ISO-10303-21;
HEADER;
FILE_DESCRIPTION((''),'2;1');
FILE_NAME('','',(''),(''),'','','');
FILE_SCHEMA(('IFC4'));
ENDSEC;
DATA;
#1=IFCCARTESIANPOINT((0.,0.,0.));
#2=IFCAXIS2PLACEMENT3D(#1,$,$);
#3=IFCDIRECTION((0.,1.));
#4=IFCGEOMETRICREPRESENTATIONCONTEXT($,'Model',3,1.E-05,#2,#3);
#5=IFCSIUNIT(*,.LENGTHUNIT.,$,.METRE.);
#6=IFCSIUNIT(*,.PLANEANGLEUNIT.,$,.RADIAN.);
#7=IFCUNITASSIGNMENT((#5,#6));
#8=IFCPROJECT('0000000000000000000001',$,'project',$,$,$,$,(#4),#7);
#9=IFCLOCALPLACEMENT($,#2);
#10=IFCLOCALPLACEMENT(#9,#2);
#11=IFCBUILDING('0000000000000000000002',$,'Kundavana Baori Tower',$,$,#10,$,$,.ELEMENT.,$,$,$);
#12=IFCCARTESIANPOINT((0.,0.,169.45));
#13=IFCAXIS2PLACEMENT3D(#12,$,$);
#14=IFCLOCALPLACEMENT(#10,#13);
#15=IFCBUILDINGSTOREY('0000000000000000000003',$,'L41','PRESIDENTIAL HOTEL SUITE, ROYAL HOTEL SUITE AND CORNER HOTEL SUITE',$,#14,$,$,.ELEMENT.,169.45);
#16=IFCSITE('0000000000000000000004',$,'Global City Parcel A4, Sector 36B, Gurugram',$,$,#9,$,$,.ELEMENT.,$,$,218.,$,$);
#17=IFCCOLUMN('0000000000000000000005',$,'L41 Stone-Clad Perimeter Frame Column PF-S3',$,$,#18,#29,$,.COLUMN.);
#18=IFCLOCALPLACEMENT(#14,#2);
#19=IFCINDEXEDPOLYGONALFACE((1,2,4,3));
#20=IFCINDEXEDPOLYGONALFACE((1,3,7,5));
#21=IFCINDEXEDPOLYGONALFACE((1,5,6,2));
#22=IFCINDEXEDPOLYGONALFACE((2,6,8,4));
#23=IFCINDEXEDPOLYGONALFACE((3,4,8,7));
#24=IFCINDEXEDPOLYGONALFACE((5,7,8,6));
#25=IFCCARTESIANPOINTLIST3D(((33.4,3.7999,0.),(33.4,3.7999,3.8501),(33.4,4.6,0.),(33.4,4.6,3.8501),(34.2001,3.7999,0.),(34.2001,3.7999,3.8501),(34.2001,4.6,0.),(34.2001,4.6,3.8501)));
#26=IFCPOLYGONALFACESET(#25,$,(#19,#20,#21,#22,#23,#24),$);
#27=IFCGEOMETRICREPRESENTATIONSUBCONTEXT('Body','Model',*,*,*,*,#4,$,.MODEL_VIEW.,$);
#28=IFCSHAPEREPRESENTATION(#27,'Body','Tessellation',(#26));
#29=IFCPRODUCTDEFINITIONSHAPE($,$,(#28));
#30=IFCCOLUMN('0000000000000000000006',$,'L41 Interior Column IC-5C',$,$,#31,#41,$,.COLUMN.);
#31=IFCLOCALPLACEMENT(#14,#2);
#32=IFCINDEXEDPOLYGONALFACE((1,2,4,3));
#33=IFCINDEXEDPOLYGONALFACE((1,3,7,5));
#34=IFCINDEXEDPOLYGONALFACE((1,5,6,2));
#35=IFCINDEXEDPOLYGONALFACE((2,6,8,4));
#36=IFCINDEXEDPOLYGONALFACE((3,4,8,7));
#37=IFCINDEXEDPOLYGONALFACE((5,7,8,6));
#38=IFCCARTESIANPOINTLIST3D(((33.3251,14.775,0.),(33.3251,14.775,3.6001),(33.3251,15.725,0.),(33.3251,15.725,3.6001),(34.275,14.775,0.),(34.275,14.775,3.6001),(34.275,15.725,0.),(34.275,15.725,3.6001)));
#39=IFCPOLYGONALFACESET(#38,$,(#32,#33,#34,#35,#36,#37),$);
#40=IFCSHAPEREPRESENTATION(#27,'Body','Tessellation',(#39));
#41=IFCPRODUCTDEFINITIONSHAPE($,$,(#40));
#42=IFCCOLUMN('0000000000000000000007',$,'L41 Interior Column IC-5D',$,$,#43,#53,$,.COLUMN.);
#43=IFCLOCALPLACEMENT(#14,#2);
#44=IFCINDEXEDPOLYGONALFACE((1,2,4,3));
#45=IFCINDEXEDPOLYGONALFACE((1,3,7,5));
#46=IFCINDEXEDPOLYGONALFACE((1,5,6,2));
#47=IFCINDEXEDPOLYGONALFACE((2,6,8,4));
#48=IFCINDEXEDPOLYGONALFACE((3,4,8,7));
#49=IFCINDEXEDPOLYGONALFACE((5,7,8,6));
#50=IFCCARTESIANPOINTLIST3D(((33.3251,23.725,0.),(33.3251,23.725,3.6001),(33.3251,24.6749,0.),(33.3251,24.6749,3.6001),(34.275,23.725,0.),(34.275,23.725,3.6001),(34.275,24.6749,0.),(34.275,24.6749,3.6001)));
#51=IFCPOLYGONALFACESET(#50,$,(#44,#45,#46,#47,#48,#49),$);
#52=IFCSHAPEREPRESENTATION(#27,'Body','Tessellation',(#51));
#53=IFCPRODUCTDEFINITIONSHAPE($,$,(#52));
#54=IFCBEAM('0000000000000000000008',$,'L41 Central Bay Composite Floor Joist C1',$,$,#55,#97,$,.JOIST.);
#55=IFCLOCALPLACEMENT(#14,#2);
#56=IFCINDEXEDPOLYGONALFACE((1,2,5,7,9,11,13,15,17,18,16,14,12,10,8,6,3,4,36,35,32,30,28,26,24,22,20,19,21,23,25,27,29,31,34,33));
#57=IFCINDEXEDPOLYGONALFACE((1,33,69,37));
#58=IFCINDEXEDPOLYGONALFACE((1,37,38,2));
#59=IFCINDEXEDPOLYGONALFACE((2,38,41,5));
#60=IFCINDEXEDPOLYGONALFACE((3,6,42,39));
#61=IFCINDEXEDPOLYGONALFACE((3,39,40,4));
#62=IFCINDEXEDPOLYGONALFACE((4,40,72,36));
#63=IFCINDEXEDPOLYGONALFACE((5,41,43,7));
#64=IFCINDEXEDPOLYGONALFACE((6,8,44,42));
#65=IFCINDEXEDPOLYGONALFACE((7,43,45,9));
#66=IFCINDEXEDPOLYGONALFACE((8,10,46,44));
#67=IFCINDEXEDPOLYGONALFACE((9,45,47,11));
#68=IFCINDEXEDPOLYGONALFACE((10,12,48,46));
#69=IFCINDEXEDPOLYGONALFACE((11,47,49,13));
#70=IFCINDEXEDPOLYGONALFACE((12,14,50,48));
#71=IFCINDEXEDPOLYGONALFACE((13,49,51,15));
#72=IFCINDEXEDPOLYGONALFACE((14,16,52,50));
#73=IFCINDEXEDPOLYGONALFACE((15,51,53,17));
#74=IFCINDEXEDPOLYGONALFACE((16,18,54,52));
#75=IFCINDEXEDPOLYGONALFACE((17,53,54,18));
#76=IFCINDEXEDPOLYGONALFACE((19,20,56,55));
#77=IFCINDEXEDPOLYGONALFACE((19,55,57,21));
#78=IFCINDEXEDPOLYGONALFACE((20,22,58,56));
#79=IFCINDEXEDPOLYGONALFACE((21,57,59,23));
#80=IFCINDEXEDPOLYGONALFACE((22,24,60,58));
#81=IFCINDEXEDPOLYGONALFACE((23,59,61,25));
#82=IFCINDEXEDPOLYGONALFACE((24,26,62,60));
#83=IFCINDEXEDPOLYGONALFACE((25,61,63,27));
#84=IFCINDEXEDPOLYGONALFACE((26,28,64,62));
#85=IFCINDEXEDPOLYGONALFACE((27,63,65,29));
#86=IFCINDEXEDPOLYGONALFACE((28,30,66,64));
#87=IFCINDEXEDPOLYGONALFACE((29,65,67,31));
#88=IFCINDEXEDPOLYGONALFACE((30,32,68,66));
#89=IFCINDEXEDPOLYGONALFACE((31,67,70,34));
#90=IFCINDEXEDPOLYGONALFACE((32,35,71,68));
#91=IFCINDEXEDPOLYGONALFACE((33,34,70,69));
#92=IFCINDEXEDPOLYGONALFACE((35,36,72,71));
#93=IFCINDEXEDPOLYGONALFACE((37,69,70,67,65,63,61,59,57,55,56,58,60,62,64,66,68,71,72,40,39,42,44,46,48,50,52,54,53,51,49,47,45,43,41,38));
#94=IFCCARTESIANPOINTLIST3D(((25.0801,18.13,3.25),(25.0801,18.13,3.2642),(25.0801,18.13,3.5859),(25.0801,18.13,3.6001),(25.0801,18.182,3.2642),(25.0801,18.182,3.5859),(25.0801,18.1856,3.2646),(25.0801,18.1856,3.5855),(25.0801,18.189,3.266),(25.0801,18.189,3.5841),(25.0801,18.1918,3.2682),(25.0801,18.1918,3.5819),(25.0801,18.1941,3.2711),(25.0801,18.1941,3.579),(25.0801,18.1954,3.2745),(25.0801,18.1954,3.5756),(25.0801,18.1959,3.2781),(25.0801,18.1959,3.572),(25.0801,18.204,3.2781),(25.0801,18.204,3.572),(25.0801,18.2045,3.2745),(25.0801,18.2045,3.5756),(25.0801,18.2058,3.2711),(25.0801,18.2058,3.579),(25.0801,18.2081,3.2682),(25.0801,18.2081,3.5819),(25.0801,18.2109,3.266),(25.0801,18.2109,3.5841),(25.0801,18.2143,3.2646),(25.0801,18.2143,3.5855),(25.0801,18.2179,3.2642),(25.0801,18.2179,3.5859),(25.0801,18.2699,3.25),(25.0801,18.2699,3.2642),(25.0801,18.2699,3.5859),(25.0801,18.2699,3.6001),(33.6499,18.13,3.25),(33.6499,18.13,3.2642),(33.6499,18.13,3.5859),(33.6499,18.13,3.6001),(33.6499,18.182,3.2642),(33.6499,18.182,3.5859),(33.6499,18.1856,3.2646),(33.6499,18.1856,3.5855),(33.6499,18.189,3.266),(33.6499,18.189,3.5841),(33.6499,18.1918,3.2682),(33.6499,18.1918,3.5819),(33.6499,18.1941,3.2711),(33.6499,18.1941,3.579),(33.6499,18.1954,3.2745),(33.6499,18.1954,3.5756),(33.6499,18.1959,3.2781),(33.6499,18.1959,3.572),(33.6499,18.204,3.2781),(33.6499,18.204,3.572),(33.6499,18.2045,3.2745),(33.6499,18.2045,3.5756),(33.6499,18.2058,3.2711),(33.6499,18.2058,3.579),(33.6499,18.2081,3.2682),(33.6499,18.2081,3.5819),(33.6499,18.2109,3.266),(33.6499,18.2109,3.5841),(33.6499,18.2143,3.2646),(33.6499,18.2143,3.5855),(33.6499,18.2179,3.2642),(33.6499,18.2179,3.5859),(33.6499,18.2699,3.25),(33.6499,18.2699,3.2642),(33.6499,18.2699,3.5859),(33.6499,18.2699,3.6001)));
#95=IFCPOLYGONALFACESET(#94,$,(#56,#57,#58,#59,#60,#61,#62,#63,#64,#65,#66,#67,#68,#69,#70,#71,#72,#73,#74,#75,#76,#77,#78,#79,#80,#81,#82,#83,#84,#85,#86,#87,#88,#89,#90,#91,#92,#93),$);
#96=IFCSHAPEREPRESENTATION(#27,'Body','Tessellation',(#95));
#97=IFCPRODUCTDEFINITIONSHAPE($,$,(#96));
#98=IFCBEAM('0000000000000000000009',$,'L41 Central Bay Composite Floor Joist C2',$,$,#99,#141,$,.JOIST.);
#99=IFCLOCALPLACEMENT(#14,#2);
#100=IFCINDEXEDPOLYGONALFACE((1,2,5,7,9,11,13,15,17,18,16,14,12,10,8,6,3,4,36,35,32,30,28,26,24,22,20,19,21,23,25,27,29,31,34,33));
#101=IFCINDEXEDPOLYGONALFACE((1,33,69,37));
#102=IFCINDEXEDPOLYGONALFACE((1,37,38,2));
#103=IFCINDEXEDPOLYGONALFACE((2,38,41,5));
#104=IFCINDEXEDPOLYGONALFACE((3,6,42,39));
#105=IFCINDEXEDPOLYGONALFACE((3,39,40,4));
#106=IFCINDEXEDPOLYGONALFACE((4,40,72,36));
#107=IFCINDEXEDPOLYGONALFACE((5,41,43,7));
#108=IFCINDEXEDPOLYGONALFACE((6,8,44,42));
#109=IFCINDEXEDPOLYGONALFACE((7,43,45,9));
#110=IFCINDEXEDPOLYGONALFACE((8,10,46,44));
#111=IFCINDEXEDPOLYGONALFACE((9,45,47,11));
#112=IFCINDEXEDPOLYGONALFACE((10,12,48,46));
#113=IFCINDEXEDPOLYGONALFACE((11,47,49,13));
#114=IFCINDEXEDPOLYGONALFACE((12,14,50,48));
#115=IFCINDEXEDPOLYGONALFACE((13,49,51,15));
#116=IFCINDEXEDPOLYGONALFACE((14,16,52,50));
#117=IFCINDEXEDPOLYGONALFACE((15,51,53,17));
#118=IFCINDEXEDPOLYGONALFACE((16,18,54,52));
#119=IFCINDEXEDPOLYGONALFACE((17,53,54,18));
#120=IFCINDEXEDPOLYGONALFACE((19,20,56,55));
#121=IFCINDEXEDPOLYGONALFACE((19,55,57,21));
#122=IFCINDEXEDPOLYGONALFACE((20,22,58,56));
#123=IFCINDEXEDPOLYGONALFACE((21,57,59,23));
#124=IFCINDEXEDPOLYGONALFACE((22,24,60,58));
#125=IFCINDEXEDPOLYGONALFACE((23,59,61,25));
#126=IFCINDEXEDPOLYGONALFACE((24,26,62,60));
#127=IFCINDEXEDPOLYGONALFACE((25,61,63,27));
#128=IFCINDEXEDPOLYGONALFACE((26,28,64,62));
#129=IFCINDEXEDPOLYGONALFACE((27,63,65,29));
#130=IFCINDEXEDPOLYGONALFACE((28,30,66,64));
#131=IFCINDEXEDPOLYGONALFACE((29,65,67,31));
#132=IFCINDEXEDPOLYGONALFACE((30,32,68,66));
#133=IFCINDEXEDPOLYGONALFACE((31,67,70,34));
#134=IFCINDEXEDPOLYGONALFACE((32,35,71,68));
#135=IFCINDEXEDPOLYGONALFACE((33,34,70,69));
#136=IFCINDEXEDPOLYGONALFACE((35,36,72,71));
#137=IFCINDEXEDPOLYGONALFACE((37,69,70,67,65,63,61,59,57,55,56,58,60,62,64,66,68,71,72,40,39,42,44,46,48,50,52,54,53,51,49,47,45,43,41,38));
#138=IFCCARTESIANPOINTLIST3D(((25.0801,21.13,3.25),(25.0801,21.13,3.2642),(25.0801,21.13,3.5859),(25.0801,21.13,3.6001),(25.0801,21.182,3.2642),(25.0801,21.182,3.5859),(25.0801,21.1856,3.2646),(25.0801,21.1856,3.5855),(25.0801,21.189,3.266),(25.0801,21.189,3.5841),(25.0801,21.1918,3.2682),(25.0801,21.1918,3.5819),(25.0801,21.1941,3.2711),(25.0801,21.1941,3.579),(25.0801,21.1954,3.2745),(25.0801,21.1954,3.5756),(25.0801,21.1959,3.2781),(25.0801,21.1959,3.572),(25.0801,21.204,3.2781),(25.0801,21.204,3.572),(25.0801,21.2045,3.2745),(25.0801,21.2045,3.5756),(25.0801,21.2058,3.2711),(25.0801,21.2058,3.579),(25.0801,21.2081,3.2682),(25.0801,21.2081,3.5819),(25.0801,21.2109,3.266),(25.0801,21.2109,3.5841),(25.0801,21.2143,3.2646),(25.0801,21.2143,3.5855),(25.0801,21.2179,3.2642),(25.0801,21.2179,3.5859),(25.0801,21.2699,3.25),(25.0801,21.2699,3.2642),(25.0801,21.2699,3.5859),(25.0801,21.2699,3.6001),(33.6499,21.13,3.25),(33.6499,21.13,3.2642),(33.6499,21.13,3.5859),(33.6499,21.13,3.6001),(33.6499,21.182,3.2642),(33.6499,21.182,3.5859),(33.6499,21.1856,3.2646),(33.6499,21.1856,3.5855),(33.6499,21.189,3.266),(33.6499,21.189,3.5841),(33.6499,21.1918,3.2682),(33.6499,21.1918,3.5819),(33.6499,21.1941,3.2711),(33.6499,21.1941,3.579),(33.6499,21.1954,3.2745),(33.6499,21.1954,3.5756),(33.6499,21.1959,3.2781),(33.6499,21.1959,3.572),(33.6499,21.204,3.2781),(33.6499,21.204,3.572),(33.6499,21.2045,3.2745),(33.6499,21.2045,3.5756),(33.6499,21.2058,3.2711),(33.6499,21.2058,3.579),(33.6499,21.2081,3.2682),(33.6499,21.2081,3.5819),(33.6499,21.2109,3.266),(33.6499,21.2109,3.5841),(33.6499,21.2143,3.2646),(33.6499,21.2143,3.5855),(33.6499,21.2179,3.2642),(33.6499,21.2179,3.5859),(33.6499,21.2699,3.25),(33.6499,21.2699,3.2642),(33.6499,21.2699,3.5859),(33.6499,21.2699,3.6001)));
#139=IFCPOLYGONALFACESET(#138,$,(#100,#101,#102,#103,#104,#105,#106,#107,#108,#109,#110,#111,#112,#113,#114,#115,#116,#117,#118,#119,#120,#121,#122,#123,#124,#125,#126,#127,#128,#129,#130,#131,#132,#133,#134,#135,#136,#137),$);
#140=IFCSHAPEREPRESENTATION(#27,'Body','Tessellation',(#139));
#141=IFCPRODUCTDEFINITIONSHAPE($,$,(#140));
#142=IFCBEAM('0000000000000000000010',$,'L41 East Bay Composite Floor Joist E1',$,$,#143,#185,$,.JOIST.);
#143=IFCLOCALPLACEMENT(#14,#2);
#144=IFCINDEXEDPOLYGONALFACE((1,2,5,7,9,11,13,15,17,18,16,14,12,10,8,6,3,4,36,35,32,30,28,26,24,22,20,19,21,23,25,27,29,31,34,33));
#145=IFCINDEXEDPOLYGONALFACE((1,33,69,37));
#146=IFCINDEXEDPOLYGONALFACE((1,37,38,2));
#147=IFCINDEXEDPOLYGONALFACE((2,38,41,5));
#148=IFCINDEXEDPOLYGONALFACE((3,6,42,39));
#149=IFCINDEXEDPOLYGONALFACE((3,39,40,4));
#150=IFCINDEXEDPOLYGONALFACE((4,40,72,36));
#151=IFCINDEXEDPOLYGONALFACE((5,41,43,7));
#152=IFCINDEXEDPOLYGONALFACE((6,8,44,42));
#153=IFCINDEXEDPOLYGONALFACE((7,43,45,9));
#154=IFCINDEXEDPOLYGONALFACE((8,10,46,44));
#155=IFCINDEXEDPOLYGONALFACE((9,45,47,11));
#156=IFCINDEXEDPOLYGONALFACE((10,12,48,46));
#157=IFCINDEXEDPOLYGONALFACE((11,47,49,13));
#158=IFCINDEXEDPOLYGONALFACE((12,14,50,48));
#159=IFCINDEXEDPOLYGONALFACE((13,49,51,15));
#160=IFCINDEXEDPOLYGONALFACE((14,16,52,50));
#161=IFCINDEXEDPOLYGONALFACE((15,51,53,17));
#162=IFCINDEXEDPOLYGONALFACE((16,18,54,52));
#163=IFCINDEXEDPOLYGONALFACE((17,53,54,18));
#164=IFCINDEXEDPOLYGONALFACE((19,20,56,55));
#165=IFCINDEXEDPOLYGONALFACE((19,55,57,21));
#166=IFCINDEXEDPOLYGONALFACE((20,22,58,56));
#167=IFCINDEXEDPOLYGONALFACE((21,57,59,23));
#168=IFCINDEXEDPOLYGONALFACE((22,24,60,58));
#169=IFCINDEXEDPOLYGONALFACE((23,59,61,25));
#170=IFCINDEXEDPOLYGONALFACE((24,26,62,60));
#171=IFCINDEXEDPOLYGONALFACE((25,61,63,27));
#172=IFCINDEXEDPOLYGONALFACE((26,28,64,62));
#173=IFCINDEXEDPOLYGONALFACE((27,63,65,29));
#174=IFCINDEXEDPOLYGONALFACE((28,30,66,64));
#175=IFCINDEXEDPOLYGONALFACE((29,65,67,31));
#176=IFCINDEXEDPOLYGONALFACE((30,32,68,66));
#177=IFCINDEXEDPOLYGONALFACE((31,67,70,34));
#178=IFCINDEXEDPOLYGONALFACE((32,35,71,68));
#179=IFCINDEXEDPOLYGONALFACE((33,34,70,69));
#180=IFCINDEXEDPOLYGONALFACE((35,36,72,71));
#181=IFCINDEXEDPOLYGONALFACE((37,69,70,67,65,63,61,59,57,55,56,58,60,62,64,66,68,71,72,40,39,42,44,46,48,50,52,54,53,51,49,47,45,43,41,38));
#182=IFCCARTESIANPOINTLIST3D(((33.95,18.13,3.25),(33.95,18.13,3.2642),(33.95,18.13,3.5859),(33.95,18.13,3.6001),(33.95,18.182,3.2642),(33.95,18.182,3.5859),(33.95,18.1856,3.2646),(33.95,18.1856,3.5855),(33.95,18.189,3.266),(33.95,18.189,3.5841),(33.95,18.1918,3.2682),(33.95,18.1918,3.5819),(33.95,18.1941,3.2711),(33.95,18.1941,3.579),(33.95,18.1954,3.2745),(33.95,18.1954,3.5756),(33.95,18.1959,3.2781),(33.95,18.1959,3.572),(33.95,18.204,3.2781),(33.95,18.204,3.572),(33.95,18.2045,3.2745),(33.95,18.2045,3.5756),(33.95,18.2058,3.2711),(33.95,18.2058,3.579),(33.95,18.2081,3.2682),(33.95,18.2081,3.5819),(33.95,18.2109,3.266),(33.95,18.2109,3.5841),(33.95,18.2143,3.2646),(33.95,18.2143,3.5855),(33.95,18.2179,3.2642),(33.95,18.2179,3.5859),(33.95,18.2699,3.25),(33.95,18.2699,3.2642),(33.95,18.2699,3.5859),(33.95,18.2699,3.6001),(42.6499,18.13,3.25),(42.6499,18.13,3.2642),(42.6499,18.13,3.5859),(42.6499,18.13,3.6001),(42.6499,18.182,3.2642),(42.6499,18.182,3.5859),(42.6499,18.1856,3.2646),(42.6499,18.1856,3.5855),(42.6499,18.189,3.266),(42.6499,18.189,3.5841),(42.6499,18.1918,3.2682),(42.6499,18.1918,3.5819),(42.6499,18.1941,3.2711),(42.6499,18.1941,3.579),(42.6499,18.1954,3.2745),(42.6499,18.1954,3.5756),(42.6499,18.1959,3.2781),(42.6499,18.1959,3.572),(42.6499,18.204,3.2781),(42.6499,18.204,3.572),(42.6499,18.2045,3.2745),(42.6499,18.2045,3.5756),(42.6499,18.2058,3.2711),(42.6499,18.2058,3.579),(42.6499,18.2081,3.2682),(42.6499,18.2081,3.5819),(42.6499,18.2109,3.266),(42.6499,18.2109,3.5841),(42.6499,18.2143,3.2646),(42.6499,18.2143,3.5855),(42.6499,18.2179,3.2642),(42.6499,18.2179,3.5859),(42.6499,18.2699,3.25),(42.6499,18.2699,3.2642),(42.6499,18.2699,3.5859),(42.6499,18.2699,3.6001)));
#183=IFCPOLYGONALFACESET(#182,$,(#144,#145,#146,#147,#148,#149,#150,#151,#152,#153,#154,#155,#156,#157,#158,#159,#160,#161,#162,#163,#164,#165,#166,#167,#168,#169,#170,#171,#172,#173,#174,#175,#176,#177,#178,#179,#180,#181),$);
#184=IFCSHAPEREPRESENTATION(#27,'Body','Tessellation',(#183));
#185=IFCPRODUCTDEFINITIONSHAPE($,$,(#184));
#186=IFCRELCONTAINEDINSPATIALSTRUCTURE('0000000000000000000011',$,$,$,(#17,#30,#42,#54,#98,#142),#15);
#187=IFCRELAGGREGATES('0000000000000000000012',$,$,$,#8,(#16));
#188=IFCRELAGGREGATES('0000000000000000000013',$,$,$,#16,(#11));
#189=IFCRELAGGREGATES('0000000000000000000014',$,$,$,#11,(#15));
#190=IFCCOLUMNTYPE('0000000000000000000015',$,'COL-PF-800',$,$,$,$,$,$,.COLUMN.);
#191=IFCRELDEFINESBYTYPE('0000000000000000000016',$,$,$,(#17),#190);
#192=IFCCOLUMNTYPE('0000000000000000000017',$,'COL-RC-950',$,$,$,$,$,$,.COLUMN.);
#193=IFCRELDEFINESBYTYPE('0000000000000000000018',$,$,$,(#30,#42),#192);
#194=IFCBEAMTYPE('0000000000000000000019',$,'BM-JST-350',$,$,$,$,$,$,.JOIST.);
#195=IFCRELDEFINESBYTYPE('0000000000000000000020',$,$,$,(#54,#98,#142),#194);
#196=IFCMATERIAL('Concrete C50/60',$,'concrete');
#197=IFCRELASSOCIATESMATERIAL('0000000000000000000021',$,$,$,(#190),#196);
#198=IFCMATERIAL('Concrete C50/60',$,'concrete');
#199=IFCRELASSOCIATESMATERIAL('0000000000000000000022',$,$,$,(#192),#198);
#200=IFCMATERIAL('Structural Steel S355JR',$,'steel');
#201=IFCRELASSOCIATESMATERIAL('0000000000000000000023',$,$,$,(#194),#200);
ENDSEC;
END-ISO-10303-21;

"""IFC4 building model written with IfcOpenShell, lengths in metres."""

from ifc_helpers import new_model, si_unit, direction, frame, origin, origin_2d, place, context, subcontext, project, spatial, rectangle, i_section, extrude, material, material_profile, profile_set, type_object, element, save


model = new_model("IFC4")

# Units and contexts
model_context = context("Model", 3, precision=1e-05, world=origin(), true_north=direction((0.0, 1.0)))
body_context = subcontext(model_context, "Body", "Model", "MODEL_VIEW")
ifc_project = project(units=[si_unit("LENGTHUNIT", "METRE"), si_unit("PLANEANGLEUNIT", "RADIAN")], contexts=[model_context])

# Site, building, storey
site_placement = place(None, origin())
site = spatial("IfcSite", under=ifc_project, at=site_placement, Name="Global City Parcel A4, Sector 36B, Gurugram", CompositionType="ELEMENT", RefElevation=218.0)
building_placement = place(site_placement, origin())
building = spatial("IfcBuilding", under=site, at=building_placement, Name="Kundavana Baori Tower", CompositionType="ELEMENT")
storey_placement = place(building_placement, frame((0.0, 0.0, 169.45)))
storey = spatial("IfcBuildingStorey", under=building, at=storey_placement, Name="L41", Description="PRESIDENTIAL HOTEL SUITE, ROYAL HOTEL SUITE AND CORNER HOTEL SUITE", CompositionType="ELEMENT", Elevation=169.45)

# Columns
ifc_material_1 = material(Name="Concrete C50/60", Category="concrete")
ifc_material_profile_1 = material_profile(ifc_material_1, rectangle(XDim=0.8, YDim=0.8, at=origin_2d()), Name="RC PF 800x800")
ifc_profile_set_1 = profile_set([ifc_material_profile_1], Name="Concrete C50/60")
column_type_1 = type_object("IfcColumnType", Name="COL-PF-800", PredefinedType="COLUMN", material=ifc_profile_set_1)
column_placement = place(storey_placement, frame((33.8, 4.2, 0.0), z_axis=(0.0, 0.0, 1.0), x_axis=(1.0, 0.0, 0.0)))
element("IfcColumn", 1, at=column_placement, inside=storey, type_object=column_type_1, Name="L41 Stone-Clad Perimeter Frame Column PF-S3", PredefinedType="COLUMN", context=body_context, shape_type="SweptSolid", body=[
    extrude(rectangle(XDim=0.8, YDim=0.8, at=origin_2d()), origin(), (0.0, 0.0, 1.0), 3.8501),
])
ifc_material_2 = material(Name="Concrete C50/60", Category="concrete")
ifc_material_profile_2 = material_profile(ifc_material_2, rectangle(XDim=0.95, YDim=0.95, at=origin_2d()), Name="RC 950x950")
ifc_profile_set_2 = profile_set([ifc_material_profile_2], Name="Concrete C50/60")
column_type_2 = type_object("IfcColumnType", Name="COL-RC-950", PredefinedType="COLUMN", material=ifc_profile_set_2)
for number, where, z_axis, x_axis, name in (
    (2, (33.8, 15.25, 0.0), (0.0, 0.0, 1.0), (1.0, 0.0, 0.0), "L41 Interior Column IC-5C"),
    (3, (33.8, 24.2, 0.0), (0.0, 0.0, 1.0), (1.0, 0.0, 0.0), "L41 Interior Column IC-5D"),
):
    element("IfcColumn", number, at=place(storey_placement, frame(where, z_axis=z_axis, x_axis=x_axis)), inside=storey, type_object=column_type_2, Name=name, PredefinedType="COLUMN", context=body_context, shape_type="SweptSolid", body=[
        extrude(rectangle(XDim=0.95, YDim=0.95, at=origin_2d()), origin(), (0.0, 0.0, 1.0), 3.6001),
    ])

# Beams
ifc_material_3 = material(Name="Structural Steel S355JR", Category="steel")
ifc_material_profile_3 = material_profile(ifc_material_3, i_section(OverallWidth=0.1399, OverallDepth=0.3501, WebThickness=0.0081, FlangeThickness=0.0142, FilletRadius=0.0139, at=origin_2d()), Name="ISMB 350")
ifc_profile_set_3 = profile_set([ifc_material_profile_3], Name="Structural Steel S355JR")
beam_type_1 = type_object("IfcBeamType", Name="BM-JST-350", PredefinedType="JOIST", material=ifc_profile_set_3)
for number, where, z_axis, x_axis, name in (
    (4, (25.0801, 18.2, 3.425), (1.0, 0.0, 0.0), (0.0, 1.0, 0.0), "L41 Central Bay Composite Floor Joist C1"),
    (5, (25.0801, 21.2, 3.425), (1.0, 0.0, 0.0), (0.0, 1.0, 0.0), "L41 Central Bay Composite Floor Joist C2"),
):
    element("IfcBeam", number, at=place(storey_placement, frame(where, z_axis=z_axis, x_axis=x_axis)), inside=storey, type_object=beam_type_1, Name=name, PredefinedType="JOIST", context=body_context, shape_type="SweptSolid", body=[
        extrude(i_section(OverallWidth=0.1399, OverallDepth=0.3501, WebThickness=0.0081, FlangeThickness=0.0142, FilletRadius=0.0139, at=origin_2d()), origin(), (0.0, 0.0, 1.0), 8.5698),
    ])
for number, where, z_axis, x_axis, name in (
    (6, (33.95, 18.2, 3.425), (1.0, 0.0, 0.0), (0.0, 1.0, 0.0), "L41 East Bay Composite Floor Joist E1"),
):
    element("IfcBeam", number, at=place(storey_placement, frame(where, z_axis=z_axis, x_axis=x_axis)), inside=storey, type_object=beam_type_1, Name=name, PredefinedType="JOIST", context=body_context, shape_type="SweptSolid", body=[
        extrude(i_section(OverallWidth=0.1399, OverallDepth=0.3501, WebThickness=0.0081, FlangeThickness=0.0142, FilletRadius=0.0139, at=origin_2d()), origin(), (0.0, 0.0, 1.0), 8.7),
    ])

save(model, "model.ifc")
